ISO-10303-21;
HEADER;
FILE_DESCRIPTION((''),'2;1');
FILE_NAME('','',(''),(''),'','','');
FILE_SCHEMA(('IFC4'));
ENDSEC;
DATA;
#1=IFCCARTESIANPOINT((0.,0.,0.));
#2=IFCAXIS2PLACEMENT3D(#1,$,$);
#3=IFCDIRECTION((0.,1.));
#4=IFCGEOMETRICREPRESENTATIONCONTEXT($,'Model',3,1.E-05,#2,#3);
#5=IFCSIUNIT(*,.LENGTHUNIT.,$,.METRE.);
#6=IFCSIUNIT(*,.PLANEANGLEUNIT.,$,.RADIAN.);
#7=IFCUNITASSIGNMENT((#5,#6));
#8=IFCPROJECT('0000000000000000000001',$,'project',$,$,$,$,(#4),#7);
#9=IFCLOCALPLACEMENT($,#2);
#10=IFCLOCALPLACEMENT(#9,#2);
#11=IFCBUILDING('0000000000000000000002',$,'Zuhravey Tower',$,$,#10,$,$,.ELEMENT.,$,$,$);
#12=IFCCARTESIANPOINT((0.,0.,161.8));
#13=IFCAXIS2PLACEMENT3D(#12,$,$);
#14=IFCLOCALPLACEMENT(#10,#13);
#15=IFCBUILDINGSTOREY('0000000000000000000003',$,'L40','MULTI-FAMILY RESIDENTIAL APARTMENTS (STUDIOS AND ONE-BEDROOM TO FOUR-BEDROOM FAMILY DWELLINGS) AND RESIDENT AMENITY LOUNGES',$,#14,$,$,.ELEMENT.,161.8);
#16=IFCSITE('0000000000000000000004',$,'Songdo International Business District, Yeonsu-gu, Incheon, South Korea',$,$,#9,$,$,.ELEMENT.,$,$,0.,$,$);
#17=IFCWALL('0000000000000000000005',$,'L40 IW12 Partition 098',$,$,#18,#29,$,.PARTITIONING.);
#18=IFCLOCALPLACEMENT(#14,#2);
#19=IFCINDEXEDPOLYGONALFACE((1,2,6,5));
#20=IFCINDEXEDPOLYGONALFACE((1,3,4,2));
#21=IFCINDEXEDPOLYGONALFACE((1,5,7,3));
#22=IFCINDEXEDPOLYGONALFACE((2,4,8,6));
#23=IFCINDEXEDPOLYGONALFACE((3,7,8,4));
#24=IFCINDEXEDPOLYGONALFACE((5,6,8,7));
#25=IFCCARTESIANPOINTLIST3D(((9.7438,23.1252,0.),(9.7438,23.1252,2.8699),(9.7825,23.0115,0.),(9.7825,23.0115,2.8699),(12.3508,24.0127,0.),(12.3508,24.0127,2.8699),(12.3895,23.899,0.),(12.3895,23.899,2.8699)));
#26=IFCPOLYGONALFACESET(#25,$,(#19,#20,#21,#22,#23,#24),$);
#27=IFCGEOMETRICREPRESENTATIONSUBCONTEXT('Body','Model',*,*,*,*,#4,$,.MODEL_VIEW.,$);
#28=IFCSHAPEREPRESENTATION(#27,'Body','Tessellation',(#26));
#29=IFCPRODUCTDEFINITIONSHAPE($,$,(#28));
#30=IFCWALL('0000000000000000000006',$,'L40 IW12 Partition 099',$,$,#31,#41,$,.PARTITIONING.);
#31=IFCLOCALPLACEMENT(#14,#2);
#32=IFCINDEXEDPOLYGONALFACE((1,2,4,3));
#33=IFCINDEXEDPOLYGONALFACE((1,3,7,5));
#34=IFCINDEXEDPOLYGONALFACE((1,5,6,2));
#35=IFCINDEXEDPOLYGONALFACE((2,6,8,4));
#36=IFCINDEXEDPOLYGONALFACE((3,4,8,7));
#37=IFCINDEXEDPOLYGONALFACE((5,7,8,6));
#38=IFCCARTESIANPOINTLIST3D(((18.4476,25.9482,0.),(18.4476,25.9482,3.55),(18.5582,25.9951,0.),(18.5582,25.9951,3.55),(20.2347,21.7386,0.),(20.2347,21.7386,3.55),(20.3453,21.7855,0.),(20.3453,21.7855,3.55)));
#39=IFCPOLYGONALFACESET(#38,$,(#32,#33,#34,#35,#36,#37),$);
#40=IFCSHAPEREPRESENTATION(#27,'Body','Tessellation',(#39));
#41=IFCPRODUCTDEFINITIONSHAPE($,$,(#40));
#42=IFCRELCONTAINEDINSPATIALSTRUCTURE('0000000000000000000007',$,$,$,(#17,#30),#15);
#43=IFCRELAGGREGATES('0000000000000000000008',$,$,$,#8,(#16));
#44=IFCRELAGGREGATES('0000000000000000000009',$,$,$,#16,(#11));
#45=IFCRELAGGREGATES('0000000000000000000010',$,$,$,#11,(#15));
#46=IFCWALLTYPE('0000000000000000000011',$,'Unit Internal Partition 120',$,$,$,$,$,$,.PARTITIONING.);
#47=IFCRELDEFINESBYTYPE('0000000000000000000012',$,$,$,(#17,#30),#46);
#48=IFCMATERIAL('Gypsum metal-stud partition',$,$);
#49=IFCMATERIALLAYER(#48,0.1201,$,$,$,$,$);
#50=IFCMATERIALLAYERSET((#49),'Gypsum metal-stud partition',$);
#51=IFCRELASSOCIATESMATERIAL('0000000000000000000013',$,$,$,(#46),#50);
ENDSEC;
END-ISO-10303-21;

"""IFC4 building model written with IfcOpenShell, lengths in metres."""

from ifc_helpers import new_model, si_unit, direction, frame, frame_2d, origin, place, context, subcontext, project, spatial, rectangle, extrude, material, layer, layer_set, type_object, element, save


model = new_model("IFC4")

# Units and contexts
model_context = context("Model", 3, precision=1e-05, world=origin(), true_north=direction((0.0, 1.0)))
body_context = subcontext(model_context, "Body", "Model", "MODEL_VIEW")
ifc_project = project(units=[si_unit("LENGTHUNIT", "METRE"), si_unit("PLANEANGLEUNIT", "RADIAN")], contexts=[model_context])

# Site, building, storey
site_placement = place(None, origin())
site = spatial("IfcSite", under=ifc_project, at=site_placement, Name="Songdo International Business District, Yeonsu-gu, Incheon, South Korea", CompositionType="ELEMENT", RefElevation=0.0)
building_placement = place(site_placement, origin())
building = spatial("IfcBuilding", under=site, at=building_placement, Name="Zuhravey Tower", CompositionType="ELEMENT")
storey_placement = place(building_placement, frame((0.0, 0.0, 161.8)))
storey = spatial("IfcBuildingStorey", under=building, at=storey_placement, Name="L40", Description="MULTI-FAMILY RESIDENTIAL APARTMENTS (STUDIOS AND ONE-BEDROOM TO FOUR-BEDROOM FAMILY DWELLINGS) AND RESIDENT AMENITY LOUNGES", CompositionType="ELEMENT", Elevation=161.8)

# Shared definitions
ifc_material_1 = material(Name="Gypsum metal-stud partition")
ifc_layer_1 = layer(ifc_material_1, 0.1201)
ifc_layer_set_1 = layer_set([ifc_layer_1], Name="Gypsum metal-stud partition")
wall_type_1 = type_object("IfcWallType", Name="Unit Internal Partition 120", PredefinedType="PARTITIONING", material=ifc_layer_set_1)

# Walls
wall_1_placement = place(storey_placement, frame((12.3701, 23.9558, 0.0), z_axis=(0.0, 0.0, 1.0), x_axis=(-0.946652, -0.322259, 0.0)))
element("IfcWall", 1, at=wall_1_placement, inside=storey, type_object=wall_type_1, Name="L40 IW12 Partition 098", PredefinedType="PARTITIONING", context=body_context, shape_type="SweptSolid", body=[
    extrude(rectangle(XDim=2.7539, YDim=0.1201, at=frame_2d((1.377, 0.0))), origin(), (0.0, 0.0, 1.0), 2.8699),
])
wall_2_placement = place(storey_placement, frame((18.5029, 25.9717, 0.0), z_axis=(0.0, 0.0, 1.0), x_axis=(0.390766, -0.92049, 0.0)))
element("IfcWall", 2, at=wall_2_placement, inside=storey, type_object=wall_type_1, Name="L40 IW12 Partition 099", PredefinedType="PARTITIONING", context=body_context, shape_type="SweptSolid", body=[
    extrude(rectangle(XDim=4.5732, YDim=0.1201, at=frame_2d((2.2866, 0.0))), origin(), (0.0, 0.0, 1.0), 3.55),
])

save(model, "model.ifc")
